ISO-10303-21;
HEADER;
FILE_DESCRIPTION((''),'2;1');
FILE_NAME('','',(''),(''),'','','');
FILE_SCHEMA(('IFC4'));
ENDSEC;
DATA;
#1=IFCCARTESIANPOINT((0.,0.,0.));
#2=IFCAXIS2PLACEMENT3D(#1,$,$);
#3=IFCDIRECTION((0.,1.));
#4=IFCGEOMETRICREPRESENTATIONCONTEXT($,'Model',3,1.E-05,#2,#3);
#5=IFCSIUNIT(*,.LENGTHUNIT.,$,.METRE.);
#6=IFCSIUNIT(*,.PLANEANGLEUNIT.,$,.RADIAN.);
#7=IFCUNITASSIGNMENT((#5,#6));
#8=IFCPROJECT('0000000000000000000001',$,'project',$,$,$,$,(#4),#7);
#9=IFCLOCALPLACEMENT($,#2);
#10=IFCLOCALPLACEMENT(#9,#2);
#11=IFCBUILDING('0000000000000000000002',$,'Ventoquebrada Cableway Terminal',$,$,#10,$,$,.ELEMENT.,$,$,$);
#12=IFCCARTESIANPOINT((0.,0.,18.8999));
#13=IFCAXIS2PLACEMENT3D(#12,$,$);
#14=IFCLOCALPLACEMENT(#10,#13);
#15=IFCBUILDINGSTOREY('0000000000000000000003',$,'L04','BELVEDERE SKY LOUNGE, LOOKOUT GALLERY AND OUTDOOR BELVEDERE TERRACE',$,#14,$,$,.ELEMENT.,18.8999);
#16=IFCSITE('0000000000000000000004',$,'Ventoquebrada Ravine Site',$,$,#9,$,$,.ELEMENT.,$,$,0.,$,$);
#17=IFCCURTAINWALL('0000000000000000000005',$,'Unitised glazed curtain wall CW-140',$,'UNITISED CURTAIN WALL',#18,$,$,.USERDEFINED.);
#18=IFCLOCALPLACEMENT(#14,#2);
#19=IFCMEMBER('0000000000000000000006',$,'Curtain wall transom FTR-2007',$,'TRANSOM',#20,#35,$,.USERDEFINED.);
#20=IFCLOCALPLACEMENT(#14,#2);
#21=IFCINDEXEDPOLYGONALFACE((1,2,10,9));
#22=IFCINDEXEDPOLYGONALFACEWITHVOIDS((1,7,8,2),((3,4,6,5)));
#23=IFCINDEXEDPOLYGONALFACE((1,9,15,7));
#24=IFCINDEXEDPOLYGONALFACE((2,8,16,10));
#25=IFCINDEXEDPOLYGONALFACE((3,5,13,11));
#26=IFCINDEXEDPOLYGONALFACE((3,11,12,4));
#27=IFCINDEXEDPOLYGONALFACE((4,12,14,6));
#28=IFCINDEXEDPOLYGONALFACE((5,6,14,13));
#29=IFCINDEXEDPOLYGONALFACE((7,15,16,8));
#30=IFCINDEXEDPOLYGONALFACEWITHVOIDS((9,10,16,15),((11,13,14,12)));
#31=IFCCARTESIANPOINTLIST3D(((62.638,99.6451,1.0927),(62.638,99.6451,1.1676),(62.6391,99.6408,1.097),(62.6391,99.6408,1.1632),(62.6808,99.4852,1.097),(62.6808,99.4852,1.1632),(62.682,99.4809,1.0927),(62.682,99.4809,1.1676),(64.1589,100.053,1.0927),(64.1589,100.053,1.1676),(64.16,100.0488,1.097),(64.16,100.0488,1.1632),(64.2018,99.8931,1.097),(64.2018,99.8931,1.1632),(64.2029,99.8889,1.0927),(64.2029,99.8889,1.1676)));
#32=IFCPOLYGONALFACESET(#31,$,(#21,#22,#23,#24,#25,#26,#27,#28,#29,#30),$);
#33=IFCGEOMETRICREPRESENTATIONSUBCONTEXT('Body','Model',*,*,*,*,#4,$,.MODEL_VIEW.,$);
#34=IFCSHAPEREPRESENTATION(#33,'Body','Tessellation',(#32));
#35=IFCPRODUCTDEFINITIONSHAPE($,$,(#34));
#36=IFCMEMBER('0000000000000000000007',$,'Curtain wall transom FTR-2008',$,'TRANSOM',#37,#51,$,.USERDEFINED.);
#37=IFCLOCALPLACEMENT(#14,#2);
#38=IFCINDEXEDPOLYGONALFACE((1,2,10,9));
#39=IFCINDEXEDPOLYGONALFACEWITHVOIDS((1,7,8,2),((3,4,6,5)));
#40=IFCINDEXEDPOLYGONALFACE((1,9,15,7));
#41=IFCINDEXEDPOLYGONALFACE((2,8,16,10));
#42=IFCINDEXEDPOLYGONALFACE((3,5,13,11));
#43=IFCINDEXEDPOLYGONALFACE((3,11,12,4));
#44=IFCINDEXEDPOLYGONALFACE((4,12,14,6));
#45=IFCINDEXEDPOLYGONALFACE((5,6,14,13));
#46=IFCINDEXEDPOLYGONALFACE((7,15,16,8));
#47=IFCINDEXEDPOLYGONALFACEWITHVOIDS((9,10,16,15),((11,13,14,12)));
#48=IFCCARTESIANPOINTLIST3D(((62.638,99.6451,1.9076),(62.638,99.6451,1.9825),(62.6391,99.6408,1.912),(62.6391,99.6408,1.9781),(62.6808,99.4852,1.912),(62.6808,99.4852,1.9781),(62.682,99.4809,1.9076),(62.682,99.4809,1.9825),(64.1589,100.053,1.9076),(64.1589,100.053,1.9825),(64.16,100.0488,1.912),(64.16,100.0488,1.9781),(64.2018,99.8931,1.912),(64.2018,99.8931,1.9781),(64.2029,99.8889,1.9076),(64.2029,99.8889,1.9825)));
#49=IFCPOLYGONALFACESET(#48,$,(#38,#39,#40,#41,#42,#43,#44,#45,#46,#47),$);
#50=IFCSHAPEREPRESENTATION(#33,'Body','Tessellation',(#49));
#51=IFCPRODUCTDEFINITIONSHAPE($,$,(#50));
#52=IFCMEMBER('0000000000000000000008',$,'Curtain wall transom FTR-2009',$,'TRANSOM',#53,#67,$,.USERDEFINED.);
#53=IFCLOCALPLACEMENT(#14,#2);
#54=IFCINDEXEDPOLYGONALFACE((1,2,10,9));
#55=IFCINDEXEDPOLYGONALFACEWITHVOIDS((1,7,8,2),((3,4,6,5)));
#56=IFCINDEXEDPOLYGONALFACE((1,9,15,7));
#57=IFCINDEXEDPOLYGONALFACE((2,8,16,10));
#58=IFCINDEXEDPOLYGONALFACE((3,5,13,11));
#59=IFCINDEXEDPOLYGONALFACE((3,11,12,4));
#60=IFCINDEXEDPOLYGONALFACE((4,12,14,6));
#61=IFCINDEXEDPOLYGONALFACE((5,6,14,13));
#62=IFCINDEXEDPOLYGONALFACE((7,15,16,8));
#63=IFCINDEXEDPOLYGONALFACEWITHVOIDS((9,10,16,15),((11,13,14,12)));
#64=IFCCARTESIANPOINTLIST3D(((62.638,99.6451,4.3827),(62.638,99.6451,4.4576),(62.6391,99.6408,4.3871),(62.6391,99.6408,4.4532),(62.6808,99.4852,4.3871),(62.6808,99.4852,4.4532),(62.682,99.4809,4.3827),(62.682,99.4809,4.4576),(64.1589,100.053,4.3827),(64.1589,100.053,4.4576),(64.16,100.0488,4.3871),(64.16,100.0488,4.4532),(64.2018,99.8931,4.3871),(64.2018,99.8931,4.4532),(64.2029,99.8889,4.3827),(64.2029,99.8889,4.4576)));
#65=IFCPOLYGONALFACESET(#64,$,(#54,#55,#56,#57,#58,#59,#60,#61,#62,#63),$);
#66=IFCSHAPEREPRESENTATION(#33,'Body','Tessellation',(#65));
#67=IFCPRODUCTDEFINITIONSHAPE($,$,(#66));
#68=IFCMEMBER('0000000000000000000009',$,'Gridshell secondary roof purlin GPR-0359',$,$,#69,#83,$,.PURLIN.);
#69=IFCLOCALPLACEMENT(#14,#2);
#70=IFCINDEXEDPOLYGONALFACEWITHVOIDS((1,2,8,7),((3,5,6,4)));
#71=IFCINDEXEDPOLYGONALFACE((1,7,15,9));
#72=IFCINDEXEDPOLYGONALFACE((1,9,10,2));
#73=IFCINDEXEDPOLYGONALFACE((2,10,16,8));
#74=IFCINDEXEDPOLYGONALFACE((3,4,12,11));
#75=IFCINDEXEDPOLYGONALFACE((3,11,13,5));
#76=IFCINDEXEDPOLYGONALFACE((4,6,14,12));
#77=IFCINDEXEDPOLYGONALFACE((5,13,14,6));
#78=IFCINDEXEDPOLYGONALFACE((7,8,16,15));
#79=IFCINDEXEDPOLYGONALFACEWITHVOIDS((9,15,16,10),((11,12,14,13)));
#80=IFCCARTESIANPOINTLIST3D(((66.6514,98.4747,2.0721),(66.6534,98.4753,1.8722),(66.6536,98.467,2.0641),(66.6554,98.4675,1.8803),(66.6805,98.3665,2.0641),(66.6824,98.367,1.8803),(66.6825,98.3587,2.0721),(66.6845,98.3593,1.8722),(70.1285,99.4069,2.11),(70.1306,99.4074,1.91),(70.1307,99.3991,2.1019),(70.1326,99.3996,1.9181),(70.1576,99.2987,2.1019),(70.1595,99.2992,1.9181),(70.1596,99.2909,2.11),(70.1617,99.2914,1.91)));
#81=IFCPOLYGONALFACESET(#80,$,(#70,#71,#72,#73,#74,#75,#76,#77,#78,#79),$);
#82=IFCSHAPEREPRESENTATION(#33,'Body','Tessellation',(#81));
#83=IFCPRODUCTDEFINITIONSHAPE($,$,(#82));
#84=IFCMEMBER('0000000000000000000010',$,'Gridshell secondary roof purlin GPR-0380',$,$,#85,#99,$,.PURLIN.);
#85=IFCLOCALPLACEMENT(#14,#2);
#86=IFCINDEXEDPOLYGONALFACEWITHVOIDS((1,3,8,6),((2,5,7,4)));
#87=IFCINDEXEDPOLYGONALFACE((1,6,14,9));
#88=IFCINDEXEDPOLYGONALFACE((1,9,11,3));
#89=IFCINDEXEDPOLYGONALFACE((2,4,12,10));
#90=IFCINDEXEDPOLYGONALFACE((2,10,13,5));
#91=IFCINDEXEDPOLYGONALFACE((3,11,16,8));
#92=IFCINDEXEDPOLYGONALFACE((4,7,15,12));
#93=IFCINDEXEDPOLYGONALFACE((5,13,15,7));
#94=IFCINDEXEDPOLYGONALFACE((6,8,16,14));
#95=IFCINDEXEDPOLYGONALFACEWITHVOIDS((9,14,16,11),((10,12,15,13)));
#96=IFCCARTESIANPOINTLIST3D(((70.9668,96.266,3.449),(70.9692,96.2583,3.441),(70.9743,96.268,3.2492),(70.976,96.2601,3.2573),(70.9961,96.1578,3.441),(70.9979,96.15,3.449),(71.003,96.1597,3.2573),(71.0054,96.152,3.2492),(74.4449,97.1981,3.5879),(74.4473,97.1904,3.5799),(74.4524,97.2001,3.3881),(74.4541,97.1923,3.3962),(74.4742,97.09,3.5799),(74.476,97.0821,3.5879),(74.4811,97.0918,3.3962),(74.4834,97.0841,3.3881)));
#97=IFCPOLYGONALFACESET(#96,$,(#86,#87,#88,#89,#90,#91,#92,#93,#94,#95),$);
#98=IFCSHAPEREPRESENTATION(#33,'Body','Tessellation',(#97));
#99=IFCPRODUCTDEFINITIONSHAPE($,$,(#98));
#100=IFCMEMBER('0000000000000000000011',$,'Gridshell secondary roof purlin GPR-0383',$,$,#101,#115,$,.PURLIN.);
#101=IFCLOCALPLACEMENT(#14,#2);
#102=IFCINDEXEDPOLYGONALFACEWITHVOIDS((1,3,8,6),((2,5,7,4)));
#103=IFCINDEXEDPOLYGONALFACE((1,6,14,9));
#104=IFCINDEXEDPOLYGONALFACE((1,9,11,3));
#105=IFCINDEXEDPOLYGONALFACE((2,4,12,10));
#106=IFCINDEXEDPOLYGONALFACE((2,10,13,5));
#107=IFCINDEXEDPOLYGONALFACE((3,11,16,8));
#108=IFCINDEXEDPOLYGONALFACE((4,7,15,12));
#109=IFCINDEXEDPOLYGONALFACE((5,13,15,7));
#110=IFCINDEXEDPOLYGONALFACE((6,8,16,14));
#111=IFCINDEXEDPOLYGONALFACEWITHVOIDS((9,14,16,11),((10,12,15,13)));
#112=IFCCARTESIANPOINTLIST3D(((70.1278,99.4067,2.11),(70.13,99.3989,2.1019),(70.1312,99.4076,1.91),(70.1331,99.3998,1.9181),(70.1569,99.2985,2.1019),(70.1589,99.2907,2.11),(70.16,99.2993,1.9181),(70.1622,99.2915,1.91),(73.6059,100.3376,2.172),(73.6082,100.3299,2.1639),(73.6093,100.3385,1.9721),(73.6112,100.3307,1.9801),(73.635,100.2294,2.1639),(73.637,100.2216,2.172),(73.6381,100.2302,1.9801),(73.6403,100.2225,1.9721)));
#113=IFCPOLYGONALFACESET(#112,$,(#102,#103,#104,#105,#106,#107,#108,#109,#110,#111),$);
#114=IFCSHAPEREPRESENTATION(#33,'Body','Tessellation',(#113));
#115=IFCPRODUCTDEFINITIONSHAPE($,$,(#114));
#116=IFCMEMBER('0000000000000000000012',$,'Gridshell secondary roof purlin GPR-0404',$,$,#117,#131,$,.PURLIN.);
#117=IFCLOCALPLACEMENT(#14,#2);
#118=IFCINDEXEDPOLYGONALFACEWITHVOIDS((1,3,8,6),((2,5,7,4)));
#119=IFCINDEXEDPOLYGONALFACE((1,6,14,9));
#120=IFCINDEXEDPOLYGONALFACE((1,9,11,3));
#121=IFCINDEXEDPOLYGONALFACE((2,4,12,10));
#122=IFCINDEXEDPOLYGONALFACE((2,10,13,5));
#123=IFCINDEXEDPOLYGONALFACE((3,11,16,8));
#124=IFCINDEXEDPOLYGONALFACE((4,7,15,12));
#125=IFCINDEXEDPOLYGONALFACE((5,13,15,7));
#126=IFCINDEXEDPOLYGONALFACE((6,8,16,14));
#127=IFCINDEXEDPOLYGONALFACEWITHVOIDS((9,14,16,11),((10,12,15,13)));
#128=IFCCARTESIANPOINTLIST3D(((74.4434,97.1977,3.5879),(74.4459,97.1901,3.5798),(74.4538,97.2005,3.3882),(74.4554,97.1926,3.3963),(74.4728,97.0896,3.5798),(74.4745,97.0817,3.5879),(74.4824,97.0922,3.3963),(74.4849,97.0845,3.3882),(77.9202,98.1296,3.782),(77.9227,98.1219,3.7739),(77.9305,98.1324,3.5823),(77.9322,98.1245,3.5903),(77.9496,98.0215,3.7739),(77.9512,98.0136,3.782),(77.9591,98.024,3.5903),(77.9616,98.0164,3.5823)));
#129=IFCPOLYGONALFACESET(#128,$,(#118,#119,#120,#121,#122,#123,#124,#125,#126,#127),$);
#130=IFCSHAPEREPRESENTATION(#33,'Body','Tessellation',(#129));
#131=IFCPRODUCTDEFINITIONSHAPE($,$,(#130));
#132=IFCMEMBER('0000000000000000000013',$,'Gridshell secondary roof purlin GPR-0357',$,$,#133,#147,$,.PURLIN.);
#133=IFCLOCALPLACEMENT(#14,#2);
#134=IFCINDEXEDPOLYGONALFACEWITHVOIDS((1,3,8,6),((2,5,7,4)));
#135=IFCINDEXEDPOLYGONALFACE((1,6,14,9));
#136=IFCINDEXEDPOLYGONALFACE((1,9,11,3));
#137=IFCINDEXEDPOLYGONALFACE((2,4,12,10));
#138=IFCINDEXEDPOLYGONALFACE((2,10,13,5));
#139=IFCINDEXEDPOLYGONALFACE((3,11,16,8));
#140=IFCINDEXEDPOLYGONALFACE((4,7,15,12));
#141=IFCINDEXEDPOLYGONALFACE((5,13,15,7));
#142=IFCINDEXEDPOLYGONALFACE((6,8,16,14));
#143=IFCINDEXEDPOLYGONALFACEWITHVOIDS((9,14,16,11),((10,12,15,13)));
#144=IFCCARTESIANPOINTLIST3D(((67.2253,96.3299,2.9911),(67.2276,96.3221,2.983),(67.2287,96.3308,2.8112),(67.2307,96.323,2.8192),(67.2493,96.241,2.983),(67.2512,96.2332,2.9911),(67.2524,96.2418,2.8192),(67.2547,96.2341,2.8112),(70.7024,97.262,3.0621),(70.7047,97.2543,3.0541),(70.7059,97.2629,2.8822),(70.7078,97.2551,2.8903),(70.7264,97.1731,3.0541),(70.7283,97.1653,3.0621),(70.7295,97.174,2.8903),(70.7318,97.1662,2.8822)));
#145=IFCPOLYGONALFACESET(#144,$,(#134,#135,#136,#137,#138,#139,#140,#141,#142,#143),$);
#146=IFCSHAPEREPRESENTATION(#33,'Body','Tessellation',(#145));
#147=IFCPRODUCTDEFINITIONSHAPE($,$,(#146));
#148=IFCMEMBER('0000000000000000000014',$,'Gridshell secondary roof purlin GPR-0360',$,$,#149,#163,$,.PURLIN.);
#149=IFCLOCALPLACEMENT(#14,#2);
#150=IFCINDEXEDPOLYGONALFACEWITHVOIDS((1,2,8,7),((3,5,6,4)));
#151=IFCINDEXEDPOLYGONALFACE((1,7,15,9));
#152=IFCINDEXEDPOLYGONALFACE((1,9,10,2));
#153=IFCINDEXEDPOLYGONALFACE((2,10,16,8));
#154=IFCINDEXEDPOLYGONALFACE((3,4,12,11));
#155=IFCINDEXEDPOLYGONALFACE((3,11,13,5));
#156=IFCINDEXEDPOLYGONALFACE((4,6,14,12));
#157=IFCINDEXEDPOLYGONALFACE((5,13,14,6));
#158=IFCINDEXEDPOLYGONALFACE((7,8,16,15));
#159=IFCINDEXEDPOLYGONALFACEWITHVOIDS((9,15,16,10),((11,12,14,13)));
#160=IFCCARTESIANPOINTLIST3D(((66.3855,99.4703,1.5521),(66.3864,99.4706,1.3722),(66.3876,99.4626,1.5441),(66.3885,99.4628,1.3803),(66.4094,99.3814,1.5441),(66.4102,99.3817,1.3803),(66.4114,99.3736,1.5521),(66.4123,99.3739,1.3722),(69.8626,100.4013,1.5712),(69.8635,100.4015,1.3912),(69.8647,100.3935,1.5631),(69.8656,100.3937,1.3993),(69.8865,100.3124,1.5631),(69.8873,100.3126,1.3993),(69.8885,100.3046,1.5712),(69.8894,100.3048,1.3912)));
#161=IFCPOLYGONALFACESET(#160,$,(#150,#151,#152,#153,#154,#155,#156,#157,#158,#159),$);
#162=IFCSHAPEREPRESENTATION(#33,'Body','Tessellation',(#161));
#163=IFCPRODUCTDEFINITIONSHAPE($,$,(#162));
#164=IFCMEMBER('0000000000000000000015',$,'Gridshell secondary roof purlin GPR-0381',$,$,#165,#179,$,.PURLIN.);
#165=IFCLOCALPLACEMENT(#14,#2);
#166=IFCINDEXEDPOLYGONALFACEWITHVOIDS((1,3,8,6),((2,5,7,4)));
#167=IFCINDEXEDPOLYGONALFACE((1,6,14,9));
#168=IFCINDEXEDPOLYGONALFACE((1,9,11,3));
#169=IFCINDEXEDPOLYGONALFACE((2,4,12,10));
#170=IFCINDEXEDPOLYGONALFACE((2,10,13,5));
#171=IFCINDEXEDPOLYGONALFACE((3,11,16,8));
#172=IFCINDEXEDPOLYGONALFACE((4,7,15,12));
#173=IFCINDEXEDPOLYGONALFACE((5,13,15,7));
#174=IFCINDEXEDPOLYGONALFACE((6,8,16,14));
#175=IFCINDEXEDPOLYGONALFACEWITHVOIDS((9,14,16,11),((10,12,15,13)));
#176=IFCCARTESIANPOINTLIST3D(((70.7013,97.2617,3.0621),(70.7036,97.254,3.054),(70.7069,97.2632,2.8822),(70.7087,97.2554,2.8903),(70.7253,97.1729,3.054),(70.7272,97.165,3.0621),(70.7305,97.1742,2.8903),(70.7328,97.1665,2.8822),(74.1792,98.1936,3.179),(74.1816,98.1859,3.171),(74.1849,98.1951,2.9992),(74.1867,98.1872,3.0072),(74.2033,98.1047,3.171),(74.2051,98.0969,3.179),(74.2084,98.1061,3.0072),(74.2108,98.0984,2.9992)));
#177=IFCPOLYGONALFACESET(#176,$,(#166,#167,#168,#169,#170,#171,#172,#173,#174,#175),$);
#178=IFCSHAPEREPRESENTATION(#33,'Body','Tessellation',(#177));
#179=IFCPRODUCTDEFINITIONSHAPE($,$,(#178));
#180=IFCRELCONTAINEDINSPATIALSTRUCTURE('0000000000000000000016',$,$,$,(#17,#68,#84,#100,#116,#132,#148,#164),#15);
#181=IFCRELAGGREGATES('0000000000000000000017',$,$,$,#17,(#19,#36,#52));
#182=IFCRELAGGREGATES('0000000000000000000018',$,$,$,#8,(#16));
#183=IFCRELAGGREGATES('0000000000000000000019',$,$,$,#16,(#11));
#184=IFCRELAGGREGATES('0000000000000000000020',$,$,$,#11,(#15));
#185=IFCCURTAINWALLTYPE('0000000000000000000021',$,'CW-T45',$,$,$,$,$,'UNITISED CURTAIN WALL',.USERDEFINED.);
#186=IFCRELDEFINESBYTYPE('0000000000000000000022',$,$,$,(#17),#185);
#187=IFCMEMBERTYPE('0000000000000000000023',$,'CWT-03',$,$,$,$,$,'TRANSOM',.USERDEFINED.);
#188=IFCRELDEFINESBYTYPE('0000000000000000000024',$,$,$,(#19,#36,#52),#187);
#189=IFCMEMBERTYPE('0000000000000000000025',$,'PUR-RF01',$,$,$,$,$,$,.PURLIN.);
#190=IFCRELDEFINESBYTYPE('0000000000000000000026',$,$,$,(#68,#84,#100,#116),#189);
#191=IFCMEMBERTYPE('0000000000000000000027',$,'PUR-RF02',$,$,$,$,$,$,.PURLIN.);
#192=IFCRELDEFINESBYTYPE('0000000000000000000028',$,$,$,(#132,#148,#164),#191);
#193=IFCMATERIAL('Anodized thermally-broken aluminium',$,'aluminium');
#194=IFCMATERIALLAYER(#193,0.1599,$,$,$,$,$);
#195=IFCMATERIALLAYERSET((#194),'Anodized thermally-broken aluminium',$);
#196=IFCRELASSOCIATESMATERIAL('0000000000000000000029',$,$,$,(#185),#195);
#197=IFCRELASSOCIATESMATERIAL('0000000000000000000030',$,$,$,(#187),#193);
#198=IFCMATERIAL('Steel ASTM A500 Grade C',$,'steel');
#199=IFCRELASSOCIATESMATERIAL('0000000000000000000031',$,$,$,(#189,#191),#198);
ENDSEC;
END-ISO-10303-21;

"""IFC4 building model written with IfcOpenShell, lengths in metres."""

from ifc_helpers import new_model, si_unit, direction, frame, origin, origin_2d, place, context, subcontext, project, spatial, hollow_rectangle, extrude, material, layer, layer_set, material_profile, profile_set, type_object, element, aggregate, save


model = new_model("IFC4")

# Units and contexts
model_context = context("Model", 3, precision=1e-05, world=origin(), true_north=direction((0.0, 1.0)))
body_context = subcontext(model_context, "Body", "Model", "MODEL_VIEW")
ifc_project = project(units=[si_unit("LENGTHUNIT", "METRE"), si_unit("PLANEANGLEUNIT", "RADIAN")], contexts=[model_context])

# Site, building, storey
site_placement = place(None, origin())
site = spatial("IfcSite", under=ifc_project, at=site_placement, Name="Ventoquebrada Ravine Site", CompositionType="ELEMENT", RefElevation=0.0)
building_placement = place(site_placement, origin())
building = spatial("IfcBuilding", under=site, at=building_placement, Name="Ventoquebrada Cableway Terminal", CompositionType="ELEMENT")
storey_placement = place(building_placement, frame((0.0, 0.0, 18.8999)))
storey = spatial("IfcBuildingStorey", under=building, at=storey_placement, Name="L04", Description="BELVEDERE SKY LOUNGE, LOOKOUT GALLERY AND OUTDOOR BELVEDERE TERRACE", CompositionType="ELEMENT", Elevation=18.8999)

# Shared definitions
ifc_material_1 = material(Name="Steel ASTM A500 Grade C", Category="steel")

# Curtain wall, members
ifc_material_2 = material(Name="Anodized thermally-broken aluminium", Category="aluminium")
ifc_layer_1 = layer(ifc_material_2, 0.1599)
ifc_layer_set_1 = layer_set([ifc_layer_1], Name="Anodized thermally-broken aluminium")
curtain_wall_type = type_object("IfcCurtainWallType", Name="CW-T45", ElementType="UNITISED CURTAIN WALL", PredefinedType="USERDEFINED", material=ifc_layer_set_1)
curtain_wall_placement = place(storey_placement, origin())
curtain_wall = element("IfcCurtainWall", 1, at=curtain_wall_placement, inside=storey, type_object=curtain_wall_type, Name="Unitised glazed curtain wall CW-140", ObjectType="UNITISED CURTAIN WALL", PredefinedType="USERDEFINED")
ifc_material_profile_1 = material_profile(ifc_material_2, hollow_rectangle(XDim=0.075, YDim=0.1699, WallThickness=0.0044, at=origin_2d()), Name="CW-TRN-75X170")
ifc_profile_set_1 = profile_set([ifc_material_profile_1], Name="Anodized thermally-broken aluminium")
member_type_1 = type_object("IfcMemberType", Name="CWT-03", ElementType="TRANSOM", PredefinedType="USERDEFINED", material=ifc_profile_set_1)
member_1_placement = place(storey_placement, frame((64.1809, 99.9709, 1.1301), z_axis=(-0.965861, -0.259062, 0.0), x_axis=(0.0, 0.0, 1.0)))
member_1 = element("IfcMember", 2, at=member_1_placement, type_object=member_type_1, Name="Curtain wall transom FTR-2007", ObjectType="TRANSOM", PredefinedType="USERDEFINED", context=body_context, shape_type="SweptSolid", body=[
    extrude(hollow_rectangle(XDim=0.075, YDim=0.1699, WallThickness=0.0044, at=origin_2d()), origin(), (0.0, 0.0, 1.0), 1.5747),
])
member_2_placement = place(storey_placement, frame((64.1809, 99.9709, 1.9451), z_axis=(-0.965861, -0.259062, 0.0), x_axis=(0.0, 0.0, 1.0)))
member_2 = element("IfcMember", 3, at=member_2_placement, type_object=member_type_1, Name="Curtain wall transom FTR-2008", ObjectType="TRANSOM", PredefinedType="USERDEFINED", context=body_context, shape_type="SweptSolid", body=[
    extrude(hollow_rectangle(XDim=0.075, YDim=0.1699, WallThickness=0.0044, at=origin_2d()), origin(), (0.0, 0.0, 1.0), 1.5747),
])
member_3_placement = place(storey_placement, frame((64.1809, 99.9709, 4.4202), z_axis=(-0.965861, -0.259062, 0.0), x_axis=(0.0, 0.0, 1.0)))
member_3 = element("IfcMember", 4, at=member_3_placement, type_object=member_type_1, Name="Curtain wall transom FTR-2009", ObjectType="TRANSOM", PredefinedType="USERDEFINED", context=body_context, shape_type="SweptSolid", body=[
    extrude(hollow_rectangle(XDim=0.075, YDim=0.1699, WallThickness=0.0044, at=origin_2d()), origin(), (0.0, 0.0, 1.0), 1.5747),
])

# Members
ifc_material_profile_2 = material_profile(ifc_material_1, hollow_rectangle(XDim=0.1201, YDim=0.2, WallThickness=0.0081, at=origin_2d()), Name="RHS200X120X8")
ifc_profile_set_2 = profile_set([ifc_material_profile_2], Name="Steel ASTM A500 Grade C")
member_type_2 = type_object("IfcMemberType", Name="PUR-RF01", PredefinedType="PURLIN", material=ifc_profile_set_2)
member_4_placement = place(storey_placement, frame((66.668, 98.417, 1.9722), z_axis=(0.965841, 0.258923, 0.010512), x_axis=(-0.258937, 0.965894, 0.0)))
element("IfcMember", 5, at=member_4_placement, inside=storey, type_object=member_type_2, Name="Gridshell secondary roof purlin GPR-0359", PredefinedType="PURLIN", context=body_context, shape_type="SweptSolid", body=[
    extrude(hollow_rectangle(XDim=0.1201, YDim=0.2, WallThickness=0.0081, at=origin_2d()), origin(), (0.0, 0.0, 1.0), 3.6001),
])
member_5_placement = place(storey_placement, frame((70.9861, 96.209, 3.3491), z_axis=(0.965194, 0.258677, 0.038551), x_axis=(-0.258869, 0.965912, 0.0)))
element("IfcMember", 6, at=member_5_placement, inside=storey, type_object=member_type_2, Name="Gridshell secondary roof purlin GPR-0380", PredefinedType="PURLIN", context=body_context, shape_type="SweptSolid", body=[
    extrude(hollow_rectangle(XDim=0.1201, YDim=0.2, WallThickness=0.0081, at=origin_2d()), origin(), (0.0, 0.0, 1.0), 3.6035),
])
member_6_placement = place(storey_placement, frame((70.145, 99.3491, 2.01), z_axis=(0.965854, 0.258515, 0.017221), x_axis=(-0.258553, 0.965997, 0.0)))
element("IfcMember", 7, at=member_6_placement, inside=storey, type_object=member_type_2, Name="Gridshell secondary roof purlin GPR-0383", PredefinedType="PURLIN", context=body_context, shape_type="SweptSolid", body=[
    extrude(hollow_rectangle(XDim=0.1201, YDim=0.2, WallThickness=0.0081, at=origin_2d()), origin(), (0.0, 0.0, 1.0), 3.6011),
])
member_7_placement = place(storey_placement, frame((74.4641, 97.1411, 3.488), z_axis=(0.964505, 0.258515, 0.053843), x_axis=(-0.258891, 0.965907, 0.0)))
element("IfcMember", 8, at=member_7_placement, inside=storey, type_object=member_type_2, Name="Gridshell secondary roof purlin GPR-0404", PredefinedType="PURLIN", context=body_context, shape_type="SweptSolid", body=[
    extrude(hollow_rectangle(XDim=0.1201, YDim=0.2, WallThickness=0.0081, at=origin_2d()), origin(), (0.0, 0.0, 1.0), 3.6047),
])
ifc_material_profile_3 = material_profile(ifc_material_1, hollow_rectangle(XDim=0.1001, YDim=0.1799, WallThickness=0.0081, at=origin_2d()), Name="RHS180X100X8")
ifc_profile_set_3 = profile_set([ifc_material_profile_3], Name="Steel ASTM A500 Grade C")
member_type_3 = type_object("IfcMemberType", Name="PUR-RF02", PredefinedType="PURLIN", material=ifc_profile_set_3)
member_8_placement = place(storey_placement, frame((67.24, 96.282, 2.9011), z_axis=(0.965706, 0.258887, 0.019732), x_axis=(-0.258937, 0.965894, 0.0)))
element("IfcMember", 9, at=member_8_placement, inside=storey, type_object=member_type_3, Name="Gridshell secondary roof purlin GPR-0357", PredefinedType="PURLIN", context=body_context, shape_type="SweptSolid", body=[
    extrude(hollow_rectangle(XDim=0.1001, YDim=0.1799, WallThickness=0.0081, at=origin_2d()), origin(), (0.0, 0.0, 1.0), 3.6006),
])
member_9_placement = place(storey_placement, frame((66.3989, 99.4221, 1.4622), z_axis=(0.965965, 0.258617, 0.00529), x_axis=(-0.258621, 0.965979, 0.0)))
element("IfcMember", 10, at=member_9_placement, inside=storey, type_object=member_type_3, Name="Gridshell secondary roof purlin GPR-0360", PredefinedType="PURLIN", context=body_context, shape_type="SweptSolid", body=[
    extrude(hollow_rectangle(XDim=0.1001, YDim=0.1799, WallThickness=0.0081, at=origin_2d()), origin(), (0.0, 0.0, 1.0), 3.5996),
])
member_10_placement = place(storey_placement, frame((70.717, 97.2141, 2.9722), z_axis=(0.96542, 0.25867, 0.032461), x_axis=(-0.258806, 0.965929, 0.0)))
element("IfcMember", 11, at=member_10_placement, inside=storey, type_object=member_type_3, Name="Gridshell secondary roof purlin GPR-0381", PredefinedType="PURLIN", context=body_context, shape_type="SweptSolid", body=[
    extrude(hollow_rectangle(XDim=0.1001, YDim=0.1799, WallThickness=0.0081, at=origin_2d()), origin(), (0.0, 0.0, 1.0), 3.6025),
])

aggregate(curtain_wall, [member_1, member_2, member_3])

save(model, "model.ifc")
